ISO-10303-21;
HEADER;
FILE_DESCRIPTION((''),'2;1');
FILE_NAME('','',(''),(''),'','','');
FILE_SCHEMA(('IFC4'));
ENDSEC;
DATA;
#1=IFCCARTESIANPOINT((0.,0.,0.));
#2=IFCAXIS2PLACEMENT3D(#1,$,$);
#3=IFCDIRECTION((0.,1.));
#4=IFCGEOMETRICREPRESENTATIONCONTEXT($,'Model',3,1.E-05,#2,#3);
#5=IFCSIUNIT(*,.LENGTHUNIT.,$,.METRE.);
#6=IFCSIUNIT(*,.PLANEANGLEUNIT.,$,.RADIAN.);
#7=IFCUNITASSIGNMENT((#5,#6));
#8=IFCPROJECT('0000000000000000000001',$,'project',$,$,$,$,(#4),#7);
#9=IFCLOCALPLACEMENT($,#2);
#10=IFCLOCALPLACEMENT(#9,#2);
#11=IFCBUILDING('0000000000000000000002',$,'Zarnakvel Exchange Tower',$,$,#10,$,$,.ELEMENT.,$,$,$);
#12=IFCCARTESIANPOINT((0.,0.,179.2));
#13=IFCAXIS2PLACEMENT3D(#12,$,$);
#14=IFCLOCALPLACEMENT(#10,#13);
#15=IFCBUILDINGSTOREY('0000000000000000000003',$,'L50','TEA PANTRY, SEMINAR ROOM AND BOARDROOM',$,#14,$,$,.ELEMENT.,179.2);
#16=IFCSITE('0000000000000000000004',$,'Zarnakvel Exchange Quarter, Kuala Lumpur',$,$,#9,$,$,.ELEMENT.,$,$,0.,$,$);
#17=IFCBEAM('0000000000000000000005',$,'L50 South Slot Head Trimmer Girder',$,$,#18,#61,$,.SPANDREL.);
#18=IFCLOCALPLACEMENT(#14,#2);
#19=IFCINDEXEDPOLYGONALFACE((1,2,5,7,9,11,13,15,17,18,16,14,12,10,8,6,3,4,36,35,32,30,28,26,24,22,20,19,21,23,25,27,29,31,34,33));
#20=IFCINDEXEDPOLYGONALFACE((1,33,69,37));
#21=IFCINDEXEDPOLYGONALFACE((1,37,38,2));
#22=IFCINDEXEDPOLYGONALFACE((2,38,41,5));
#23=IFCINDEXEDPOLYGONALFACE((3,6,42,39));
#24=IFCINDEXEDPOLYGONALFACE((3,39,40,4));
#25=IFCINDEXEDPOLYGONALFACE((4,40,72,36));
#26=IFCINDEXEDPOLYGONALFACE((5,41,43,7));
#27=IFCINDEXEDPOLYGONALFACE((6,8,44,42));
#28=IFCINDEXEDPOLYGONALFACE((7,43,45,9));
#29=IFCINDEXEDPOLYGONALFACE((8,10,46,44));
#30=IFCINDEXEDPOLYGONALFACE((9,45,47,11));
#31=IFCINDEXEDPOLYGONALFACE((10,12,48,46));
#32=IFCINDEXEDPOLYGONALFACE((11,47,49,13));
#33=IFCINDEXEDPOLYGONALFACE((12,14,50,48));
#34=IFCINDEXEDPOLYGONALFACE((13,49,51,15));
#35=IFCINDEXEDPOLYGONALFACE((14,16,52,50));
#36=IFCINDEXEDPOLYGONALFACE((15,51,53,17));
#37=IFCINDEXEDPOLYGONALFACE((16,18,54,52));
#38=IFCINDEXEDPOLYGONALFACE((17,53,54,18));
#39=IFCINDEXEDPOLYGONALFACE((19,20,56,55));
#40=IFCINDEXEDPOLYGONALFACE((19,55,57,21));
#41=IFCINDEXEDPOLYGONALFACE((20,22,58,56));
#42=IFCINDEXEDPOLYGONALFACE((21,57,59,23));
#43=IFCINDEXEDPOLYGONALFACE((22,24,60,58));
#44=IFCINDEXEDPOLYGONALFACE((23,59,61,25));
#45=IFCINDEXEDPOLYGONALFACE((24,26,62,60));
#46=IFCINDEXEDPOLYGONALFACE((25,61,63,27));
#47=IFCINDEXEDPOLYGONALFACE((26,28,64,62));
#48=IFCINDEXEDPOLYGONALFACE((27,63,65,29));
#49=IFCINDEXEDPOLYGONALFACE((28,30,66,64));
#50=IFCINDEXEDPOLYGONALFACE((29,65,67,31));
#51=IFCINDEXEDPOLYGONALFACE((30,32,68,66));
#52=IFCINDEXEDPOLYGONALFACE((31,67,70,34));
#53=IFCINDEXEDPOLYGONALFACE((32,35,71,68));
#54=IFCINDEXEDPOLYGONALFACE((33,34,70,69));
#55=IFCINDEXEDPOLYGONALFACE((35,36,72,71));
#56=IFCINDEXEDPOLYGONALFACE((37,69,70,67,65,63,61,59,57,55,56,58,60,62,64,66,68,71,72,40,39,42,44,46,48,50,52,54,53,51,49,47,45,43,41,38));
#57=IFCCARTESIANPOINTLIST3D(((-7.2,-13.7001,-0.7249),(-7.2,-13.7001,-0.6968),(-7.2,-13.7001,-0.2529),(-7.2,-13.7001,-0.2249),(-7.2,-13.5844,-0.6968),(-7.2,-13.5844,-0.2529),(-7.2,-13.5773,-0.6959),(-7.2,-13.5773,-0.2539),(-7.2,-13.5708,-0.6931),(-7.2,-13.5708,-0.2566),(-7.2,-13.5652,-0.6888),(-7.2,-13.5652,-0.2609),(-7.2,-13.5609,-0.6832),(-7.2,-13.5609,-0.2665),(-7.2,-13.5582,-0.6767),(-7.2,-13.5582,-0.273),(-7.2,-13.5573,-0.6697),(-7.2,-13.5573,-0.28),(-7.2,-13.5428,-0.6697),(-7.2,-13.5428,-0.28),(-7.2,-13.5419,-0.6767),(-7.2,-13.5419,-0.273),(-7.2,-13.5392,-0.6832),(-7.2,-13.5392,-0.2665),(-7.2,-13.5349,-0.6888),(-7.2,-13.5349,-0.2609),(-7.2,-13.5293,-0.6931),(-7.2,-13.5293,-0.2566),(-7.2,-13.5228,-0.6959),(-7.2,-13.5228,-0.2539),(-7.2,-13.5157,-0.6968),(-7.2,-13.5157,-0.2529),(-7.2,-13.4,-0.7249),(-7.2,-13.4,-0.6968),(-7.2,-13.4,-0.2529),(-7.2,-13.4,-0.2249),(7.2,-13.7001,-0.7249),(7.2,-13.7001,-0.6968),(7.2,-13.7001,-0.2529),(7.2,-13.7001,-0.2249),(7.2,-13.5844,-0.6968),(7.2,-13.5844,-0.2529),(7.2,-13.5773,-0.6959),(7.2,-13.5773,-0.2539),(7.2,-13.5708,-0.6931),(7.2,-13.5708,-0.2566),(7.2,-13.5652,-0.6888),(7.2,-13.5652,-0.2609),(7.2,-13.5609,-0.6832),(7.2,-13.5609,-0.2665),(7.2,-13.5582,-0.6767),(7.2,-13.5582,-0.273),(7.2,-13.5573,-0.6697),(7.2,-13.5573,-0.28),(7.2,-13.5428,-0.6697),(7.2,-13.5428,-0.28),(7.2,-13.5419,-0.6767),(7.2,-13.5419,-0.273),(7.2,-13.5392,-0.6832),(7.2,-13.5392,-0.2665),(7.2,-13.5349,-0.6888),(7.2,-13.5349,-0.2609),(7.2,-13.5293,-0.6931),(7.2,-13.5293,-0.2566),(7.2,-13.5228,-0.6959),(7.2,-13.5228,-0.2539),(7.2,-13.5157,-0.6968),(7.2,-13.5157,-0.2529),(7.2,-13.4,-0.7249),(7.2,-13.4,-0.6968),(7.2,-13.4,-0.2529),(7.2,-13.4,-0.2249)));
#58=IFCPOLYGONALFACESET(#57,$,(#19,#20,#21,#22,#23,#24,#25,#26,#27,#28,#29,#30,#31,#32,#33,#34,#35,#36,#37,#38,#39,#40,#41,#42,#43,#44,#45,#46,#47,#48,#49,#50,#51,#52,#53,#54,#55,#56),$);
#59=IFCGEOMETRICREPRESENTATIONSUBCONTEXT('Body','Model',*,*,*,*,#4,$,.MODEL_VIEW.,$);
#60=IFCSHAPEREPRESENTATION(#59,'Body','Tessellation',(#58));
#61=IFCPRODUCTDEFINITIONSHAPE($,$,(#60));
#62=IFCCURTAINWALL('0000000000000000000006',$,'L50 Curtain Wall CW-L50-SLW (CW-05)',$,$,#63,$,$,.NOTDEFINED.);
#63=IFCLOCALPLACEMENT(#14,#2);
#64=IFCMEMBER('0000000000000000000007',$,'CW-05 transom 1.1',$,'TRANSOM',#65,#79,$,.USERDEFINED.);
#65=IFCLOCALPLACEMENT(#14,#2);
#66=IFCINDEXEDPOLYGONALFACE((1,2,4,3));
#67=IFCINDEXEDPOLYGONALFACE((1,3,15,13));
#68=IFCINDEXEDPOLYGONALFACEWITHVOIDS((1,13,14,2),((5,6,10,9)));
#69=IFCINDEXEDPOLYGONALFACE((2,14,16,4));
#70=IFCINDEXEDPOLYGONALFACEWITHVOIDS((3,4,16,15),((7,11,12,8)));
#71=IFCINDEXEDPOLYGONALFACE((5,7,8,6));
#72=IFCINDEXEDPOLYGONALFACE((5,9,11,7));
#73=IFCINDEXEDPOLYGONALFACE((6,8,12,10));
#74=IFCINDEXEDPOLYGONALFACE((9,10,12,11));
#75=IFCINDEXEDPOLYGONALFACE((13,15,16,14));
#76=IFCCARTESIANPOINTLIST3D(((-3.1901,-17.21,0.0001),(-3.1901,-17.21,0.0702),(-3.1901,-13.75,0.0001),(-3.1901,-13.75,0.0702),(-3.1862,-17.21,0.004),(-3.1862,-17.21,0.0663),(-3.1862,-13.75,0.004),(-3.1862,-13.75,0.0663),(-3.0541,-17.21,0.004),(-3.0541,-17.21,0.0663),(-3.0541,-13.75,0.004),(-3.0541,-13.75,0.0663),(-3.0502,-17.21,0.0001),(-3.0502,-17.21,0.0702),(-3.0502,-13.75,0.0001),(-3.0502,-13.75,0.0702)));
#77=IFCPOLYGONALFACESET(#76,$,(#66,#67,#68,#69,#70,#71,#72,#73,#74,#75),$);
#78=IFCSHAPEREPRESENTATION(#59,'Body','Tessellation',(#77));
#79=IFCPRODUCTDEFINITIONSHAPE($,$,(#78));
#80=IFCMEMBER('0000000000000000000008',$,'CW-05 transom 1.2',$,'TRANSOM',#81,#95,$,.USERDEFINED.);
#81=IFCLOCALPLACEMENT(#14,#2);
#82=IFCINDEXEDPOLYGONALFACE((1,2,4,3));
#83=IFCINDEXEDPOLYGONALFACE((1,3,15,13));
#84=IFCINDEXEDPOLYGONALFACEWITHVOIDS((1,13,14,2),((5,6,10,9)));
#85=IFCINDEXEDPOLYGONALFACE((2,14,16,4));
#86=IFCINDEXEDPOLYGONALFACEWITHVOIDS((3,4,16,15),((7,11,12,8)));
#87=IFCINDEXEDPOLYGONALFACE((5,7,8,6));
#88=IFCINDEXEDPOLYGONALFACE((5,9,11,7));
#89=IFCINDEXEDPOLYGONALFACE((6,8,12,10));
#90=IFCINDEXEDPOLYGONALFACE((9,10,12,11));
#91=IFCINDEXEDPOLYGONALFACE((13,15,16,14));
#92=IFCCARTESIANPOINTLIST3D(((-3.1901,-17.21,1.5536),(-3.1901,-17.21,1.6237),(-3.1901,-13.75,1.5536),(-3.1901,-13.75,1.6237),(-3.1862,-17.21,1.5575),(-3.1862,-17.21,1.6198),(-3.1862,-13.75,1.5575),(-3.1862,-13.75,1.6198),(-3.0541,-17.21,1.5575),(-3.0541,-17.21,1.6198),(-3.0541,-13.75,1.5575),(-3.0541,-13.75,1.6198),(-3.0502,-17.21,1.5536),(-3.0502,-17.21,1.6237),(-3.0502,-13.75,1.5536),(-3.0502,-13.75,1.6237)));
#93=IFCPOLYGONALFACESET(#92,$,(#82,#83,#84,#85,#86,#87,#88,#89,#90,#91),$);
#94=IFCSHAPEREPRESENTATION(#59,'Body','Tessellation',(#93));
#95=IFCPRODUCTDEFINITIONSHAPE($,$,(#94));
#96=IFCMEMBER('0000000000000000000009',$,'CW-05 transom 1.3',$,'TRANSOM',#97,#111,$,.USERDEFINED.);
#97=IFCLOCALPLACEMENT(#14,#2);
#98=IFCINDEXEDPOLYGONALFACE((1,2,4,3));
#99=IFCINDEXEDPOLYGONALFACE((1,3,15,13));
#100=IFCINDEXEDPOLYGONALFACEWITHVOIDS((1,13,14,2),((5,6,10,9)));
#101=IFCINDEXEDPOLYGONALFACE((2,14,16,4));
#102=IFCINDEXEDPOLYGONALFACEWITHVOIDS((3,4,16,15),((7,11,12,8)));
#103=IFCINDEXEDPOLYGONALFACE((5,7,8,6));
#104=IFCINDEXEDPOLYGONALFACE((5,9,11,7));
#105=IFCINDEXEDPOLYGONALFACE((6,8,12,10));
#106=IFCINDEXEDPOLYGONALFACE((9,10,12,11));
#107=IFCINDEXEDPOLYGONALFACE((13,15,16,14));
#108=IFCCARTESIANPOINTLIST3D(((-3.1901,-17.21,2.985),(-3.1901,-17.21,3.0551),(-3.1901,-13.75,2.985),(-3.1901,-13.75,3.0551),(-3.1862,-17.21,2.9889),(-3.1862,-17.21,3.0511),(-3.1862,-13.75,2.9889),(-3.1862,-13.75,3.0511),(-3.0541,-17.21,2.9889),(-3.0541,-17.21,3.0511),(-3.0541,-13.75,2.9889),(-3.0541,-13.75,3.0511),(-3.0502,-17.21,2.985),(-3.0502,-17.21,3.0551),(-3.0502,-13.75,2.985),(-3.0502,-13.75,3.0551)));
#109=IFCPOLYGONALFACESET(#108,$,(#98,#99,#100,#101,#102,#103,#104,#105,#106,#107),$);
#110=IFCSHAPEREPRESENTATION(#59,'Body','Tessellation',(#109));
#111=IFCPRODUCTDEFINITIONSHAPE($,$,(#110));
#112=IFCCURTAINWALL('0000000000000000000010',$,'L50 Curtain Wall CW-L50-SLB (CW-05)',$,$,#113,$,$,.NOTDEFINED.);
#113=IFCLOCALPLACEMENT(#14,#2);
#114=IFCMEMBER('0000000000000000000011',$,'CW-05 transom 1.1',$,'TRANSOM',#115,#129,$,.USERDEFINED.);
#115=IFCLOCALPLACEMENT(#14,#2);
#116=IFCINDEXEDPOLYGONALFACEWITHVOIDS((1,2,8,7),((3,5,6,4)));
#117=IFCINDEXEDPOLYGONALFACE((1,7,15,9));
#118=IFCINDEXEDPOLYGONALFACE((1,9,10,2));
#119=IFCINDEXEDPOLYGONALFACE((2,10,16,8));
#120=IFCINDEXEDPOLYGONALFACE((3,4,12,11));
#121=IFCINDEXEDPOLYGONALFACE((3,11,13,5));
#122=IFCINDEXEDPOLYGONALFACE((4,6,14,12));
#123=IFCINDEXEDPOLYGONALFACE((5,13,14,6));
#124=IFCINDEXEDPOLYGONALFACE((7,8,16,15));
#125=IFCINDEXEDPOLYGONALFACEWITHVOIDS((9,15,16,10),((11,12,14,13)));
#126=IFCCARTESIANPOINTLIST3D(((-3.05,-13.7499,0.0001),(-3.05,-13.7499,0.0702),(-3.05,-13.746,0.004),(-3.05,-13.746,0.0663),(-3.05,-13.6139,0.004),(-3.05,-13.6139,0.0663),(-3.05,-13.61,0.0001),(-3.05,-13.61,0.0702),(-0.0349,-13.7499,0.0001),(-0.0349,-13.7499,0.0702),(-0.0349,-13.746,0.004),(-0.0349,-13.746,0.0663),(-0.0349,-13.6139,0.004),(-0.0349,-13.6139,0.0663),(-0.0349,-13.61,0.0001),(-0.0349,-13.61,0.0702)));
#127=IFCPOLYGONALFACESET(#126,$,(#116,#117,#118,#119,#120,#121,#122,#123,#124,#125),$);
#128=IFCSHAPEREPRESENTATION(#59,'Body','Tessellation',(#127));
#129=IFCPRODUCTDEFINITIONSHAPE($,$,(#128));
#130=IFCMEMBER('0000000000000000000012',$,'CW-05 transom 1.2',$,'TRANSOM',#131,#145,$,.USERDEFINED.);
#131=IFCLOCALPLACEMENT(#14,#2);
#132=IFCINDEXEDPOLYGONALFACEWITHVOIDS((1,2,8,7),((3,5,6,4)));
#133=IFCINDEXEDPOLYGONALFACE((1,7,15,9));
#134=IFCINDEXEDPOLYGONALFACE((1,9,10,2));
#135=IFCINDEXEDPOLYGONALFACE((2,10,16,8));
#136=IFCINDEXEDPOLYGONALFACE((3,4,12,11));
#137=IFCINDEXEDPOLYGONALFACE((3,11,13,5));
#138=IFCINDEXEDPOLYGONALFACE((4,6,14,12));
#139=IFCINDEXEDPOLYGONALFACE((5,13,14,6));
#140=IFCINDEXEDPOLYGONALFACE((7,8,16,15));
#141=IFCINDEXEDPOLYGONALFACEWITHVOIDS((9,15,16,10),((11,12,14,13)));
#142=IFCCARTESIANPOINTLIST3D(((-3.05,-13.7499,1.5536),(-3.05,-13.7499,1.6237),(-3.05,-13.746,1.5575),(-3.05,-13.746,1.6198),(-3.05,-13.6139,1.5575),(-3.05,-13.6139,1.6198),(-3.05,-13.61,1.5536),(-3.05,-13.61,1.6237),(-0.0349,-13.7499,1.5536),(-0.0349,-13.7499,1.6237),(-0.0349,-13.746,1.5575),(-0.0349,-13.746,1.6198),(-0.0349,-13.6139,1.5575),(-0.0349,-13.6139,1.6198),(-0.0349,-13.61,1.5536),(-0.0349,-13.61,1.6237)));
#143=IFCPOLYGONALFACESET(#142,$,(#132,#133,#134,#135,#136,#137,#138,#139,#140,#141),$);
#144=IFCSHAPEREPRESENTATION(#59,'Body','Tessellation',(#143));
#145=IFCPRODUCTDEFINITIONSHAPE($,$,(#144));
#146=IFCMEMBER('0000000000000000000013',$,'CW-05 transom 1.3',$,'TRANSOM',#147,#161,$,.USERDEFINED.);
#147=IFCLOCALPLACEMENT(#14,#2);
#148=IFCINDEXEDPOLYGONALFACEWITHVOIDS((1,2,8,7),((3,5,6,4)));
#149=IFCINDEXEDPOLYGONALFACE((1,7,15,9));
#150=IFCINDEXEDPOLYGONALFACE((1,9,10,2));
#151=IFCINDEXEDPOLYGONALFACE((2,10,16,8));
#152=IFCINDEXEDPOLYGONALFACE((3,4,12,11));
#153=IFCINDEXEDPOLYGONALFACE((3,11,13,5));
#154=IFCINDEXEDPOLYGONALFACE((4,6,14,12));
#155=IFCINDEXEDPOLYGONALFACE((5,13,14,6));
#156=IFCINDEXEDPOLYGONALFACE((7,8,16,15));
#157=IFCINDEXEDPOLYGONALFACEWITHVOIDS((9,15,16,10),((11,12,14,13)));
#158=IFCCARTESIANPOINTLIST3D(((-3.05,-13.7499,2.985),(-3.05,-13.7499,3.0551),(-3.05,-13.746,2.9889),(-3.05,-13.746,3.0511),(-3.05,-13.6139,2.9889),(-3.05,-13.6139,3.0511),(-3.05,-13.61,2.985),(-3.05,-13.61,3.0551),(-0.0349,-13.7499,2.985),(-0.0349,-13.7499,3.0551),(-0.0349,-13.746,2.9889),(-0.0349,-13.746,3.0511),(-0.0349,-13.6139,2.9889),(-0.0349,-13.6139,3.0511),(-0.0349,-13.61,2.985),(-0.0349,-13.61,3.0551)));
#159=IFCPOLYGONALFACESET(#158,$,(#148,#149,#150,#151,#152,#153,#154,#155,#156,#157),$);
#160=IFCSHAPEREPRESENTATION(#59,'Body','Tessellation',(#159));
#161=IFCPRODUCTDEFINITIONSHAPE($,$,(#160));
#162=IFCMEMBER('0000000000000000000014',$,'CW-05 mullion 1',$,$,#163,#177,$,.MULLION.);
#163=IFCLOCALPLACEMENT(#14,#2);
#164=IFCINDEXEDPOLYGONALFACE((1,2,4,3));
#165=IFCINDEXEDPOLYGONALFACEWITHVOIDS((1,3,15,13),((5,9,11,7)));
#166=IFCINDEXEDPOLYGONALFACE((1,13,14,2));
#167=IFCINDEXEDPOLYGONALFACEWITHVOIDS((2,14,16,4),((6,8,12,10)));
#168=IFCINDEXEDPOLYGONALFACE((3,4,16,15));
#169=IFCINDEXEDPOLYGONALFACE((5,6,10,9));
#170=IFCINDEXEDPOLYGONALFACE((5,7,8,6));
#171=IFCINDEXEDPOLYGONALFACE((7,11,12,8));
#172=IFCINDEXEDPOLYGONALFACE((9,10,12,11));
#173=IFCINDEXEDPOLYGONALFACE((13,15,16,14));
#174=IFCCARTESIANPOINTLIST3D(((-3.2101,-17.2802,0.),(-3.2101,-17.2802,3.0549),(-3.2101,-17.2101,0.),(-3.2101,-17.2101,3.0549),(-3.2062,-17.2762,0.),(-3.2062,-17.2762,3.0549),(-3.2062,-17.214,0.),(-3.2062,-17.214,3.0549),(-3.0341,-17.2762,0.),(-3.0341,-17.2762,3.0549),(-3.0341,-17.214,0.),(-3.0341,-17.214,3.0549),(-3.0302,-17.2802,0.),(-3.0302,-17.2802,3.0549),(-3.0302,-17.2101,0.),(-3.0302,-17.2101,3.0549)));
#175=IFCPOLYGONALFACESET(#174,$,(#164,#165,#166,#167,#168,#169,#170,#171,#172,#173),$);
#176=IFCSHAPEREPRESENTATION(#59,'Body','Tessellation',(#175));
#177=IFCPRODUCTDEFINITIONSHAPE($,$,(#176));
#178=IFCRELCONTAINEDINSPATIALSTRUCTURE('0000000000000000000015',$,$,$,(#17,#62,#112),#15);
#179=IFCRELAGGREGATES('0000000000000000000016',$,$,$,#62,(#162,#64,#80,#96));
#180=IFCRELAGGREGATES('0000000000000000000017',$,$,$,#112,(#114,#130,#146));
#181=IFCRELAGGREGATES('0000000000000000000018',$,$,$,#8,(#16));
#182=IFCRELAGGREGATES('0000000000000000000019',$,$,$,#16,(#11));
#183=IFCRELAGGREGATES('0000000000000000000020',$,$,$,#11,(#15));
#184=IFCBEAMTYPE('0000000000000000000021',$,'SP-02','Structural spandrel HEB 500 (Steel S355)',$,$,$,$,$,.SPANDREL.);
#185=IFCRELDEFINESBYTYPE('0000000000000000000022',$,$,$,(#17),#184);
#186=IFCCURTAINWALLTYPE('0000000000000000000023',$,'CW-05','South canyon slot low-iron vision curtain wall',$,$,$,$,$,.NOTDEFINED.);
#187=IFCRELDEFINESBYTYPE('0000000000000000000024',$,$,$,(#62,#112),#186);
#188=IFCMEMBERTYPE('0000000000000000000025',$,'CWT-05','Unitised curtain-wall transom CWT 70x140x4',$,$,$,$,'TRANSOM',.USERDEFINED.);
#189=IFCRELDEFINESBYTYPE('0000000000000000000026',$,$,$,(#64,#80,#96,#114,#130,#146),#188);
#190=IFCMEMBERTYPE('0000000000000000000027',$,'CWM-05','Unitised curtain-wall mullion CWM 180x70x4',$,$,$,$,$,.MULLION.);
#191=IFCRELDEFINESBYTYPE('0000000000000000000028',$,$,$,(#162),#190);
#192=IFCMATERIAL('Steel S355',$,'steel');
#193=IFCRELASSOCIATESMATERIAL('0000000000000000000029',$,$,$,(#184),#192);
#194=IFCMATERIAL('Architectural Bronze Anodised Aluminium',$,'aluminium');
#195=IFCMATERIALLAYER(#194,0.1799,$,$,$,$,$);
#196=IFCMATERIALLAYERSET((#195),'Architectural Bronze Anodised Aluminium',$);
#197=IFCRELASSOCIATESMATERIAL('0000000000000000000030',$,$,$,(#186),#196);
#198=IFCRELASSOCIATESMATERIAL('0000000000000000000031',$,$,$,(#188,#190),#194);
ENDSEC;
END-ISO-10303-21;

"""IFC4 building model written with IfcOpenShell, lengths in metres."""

from ifc_helpers import new_model, si_unit, direction, frame, origin, origin_2d, place, context, subcontext, project, spatial, hollow_rectangle, i_section, extrude, source, transform, mapped, material, layer, layer_set, material_profile, profile_set, type_object, element, aggregate, save


model = new_model("IFC4")

# Units and contexts
model_context = context("Model", 3, precision=1e-05, world=origin(), true_north=direction((0.0, 1.0)))
body_context = subcontext(model_context, "Body", "Model", "MODEL_VIEW")
ifc_project = project(units=[si_unit("LENGTHUNIT", "METRE"), si_unit("PLANEANGLEUNIT", "RADIAN")], contexts=[model_context])

# Site, building, storey
site_placement = place(None, origin())
site = spatial("IfcSite", under=ifc_project, at=site_placement, Name="Zarnakvel Exchange Quarter, Kuala Lumpur", CompositionType="ELEMENT", RefElevation=0.0)
building_placement = place(site_placement, origin())
building = spatial("IfcBuilding", under=site, at=building_placement, Name="Zarnakvel Exchange Tower", CompositionType="ELEMENT")
storey_placement = place(building_placement, frame((0.0, 0.0, 179.2)))
storey = spatial("IfcBuildingStorey", under=building, at=storey_placement, Name="L50", Description="TEA PANTRY, SEMINAR ROOM AND BOARDROOM", CompositionType="ELEMENT", Elevation=179.2)

# Beam
ifc_material_1 = material(Name="Steel S355", Category="steel")
ifc_material_profile_1 = material_profile(ifc_material_1, i_section(OverallWidth=0.3, OverallDepth=0.5, WebThickness=0.0144, FlangeThickness=0.0281, FilletRadius=0.0271, at=origin_2d()))
ifc_profile_set_1 = profile_set([ifc_material_profile_1], Name="Steel S355")
beam_type_1 = type_object("IfcBeamType", Name="SP-02", Description="Structural spandrel HEB 500 (Steel S355)", PredefinedType="SPANDREL", material=ifc_profile_set_1)
beam_1_placement = place(storey_placement, frame((-7.2, -13.55, -0.4749), z_axis=(1.0, 0.0, 0.0), x_axis=(0.0, 1.0, 0.0)))
element("IfcBeam", 1, at=beam_1_placement, inside=storey, type_object=beam_type_1, Name="L50 South Slot Head Trimmer Girder", PredefinedType="SPANDREL", context=body_context, shape_type="SweptSolid", body=[
    extrude(i_section(OverallWidth=0.3, OverallDepth=0.5, WebThickness=0.0144, FlangeThickness=0.0281, FilletRadius=0.0271, at=origin_2d()), origin(), (0.0, 0.0, 1.0), 14.3999),
])

# Curtain walls, members
ifc_material_2 = material(Name="Architectural Bronze Anodised Aluminium", Category="aluminium")
ifc_layer_1 = layer(ifc_material_2, 0.1799)
ifc_layer_set_1 = layer_set([ifc_layer_1], Name="Architectural Bronze Anodised Aluminium")
curtain_wall_type = type_object("IfcCurtainWallType", Name="CW-05", Description="South canyon slot low-iron vision curtain wall", PredefinedType="NOTDEFINED", material=ifc_layer_set_1)
curtain_wall_1_placement = place(storey_placement, origin())
curtain_wall_1 = element("IfcCurtainWall", 2, at=curtain_wall_1_placement, inside=storey, type_object=curtain_wall_type, Name="L50 Curtain Wall CW-L50-SLW (CW-05)", PredefinedType="NOTDEFINED")
ifc_material_profile_2 = material_profile(ifc_material_2, hollow_rectangle(XDim=0.1399, YDim=0.0701, WallThickness=0.0039, at=origin_2d()))
ifc_profile_set_2 = profile_set([ifc_material_profile_2], Name="Architectural Bronze Anodised Aluminium")
member_type_1 = type_object("IfcMemberType", Name="CWT-05", Description="Unitised curtain-wall transom CWT 70x140x4", ElementType="TRANSOM", PredefinedType="USERDEFINED", material=ifc_profile_set_2)
shared_shape_1 = source(origin(), body_context, "Body", "SweptSolid", [
    extrude(hollow_rectangle(XDim=0.1399, YDim=0.0701, WallThickness=0.0039, at=origin_2d()), origin(), (0.0, 0.0, 1.0), 3.46),
])
member_1_placement = place(storey_placement, frame((-3.1201, -17.21, 0.0352), z_axis=(0.0, 1.0, 0.0), x_axis=(-1.0, 0.0, 0.0)))
member_1 = element("IfcMember", 3, at=member_1_placement, type_object=member_type_1, Name="CW-05 transom 1.1", ObjectType="TRANSOM", PredefinedType="USERDEFINED", context=body_context, shape_type="MappedRepresentation", body=[
    mapped(shared_shape_1, transform((0.0, 0.0, 0.0), x_axis=(1.0, 0.0, 0.0), y_axis=(0.0, 1.0, 0.0), z_axis=(0.0, 0.0, 1.0), scale=1.0)),
])
member_2_placement = place(storey_placement, frame((-3.1201, -17.21, 1.5886), z_axis=(0.0, 1.0, 0.0), x_axis=(-1.0, 0.0, 0.0)))
member_2 = element("IfcMember", 4, at=member_2_placement, type_object=member_type_1, Name="CW-05 transom 1.2", ObjectType="TRANSOM", PredefinedType="USERDEFINED", context=body_context, shape_type="MappedRepresentation", body=[
    mapped(shared_shape_1, transform((0.0, 0.0, 0.0), x_axis=(1.0, 0.0, 0.0), y_axis=(0.0, 1.0, 0.0), z_axis=(0.0, 0.0, 1.0), scale=1.0)),
])
member_3_placement = place(storey_placement, frame((-3.1201, -17.21, 3.02), z_axis=(0.0, 1.0, 0.0), x_axis=(-1.0, 0.0, 0.0)))
member_3 = element("IfcMember", 5, at=member_3_placement, type_object=member_type_1, Name="CW-05 transom 1.3", ObjectType="TRANSOM", PredefinedType="USERDEFINED", context=body_context, shape_type="MappedRepresentation", body=[
    mapped(shared_shape_1, transform((0.0, 0.0, 0.0), x_axis=(1.0, 0.0, 0.0), y_axis=(0.0, 1.0, 0.0), z_axis=(0.0, 0.0, 1.0), scale=1.0)),
])
curtain_wall_2_placement = place(storey_placement, origin())
curtain_wall_2 = element("IfcCurtainWall", 6, at=curtain_wall_2_placement, inside=storey, type_object=curtain_wall_type, Name="L50 Curtain Wall CW-L50-SLB (CW-05)", PredefinedType="NOTDEFINED")
shared_shape_2 = source(origin(), body_context, "Body", "SweptSolid", [
    extrude(hollow_rectangle(XDim=0.1399, YDim=0.0701, WallThickness=0.0039, at=origin_2d()), origin(), (0.0, 0.0, 1.0), 3.0151),
])
member_4_placement = place(storey_placement, frame((-3.05, -13.6799, 0.0352), z_axis=(1.0, 0.0, 0.0), x_axis=(0.0, 1.0, 0.0)))
member_4 = element("IfcMember", 7, at=member_4_placement, type_object=member_type_1, Name="CW-05 transom 1.1", ObjectType="TRANSOM", PredefinedType="USERDEFINED", context=body_context, shape_type="MappedRepresentation", body=[
    mapped(shared_shape_2, transform((0.0, 0.0, 0.0), x_axis=(1.0, 0.0, 0.0), y_axis=(0.0, 1.0, 0.0), z_axis=(0.0, 0.0, 1.0), scale=1.0)),
])
member_5_placement = place(storey_placement, frame((-3.05, -13.6799, 1.5886), z_axis=(1.0, 0.0, 0.0), x_axis=(0.0, 1.0, 0.0)))
member_5 = element("IfcMember", 8, at=member_5_placement, type_object=member_type_1, Name="CW-05 transom 1.2", ObjectType="TRANSOM", PredefinedType="USERDEFINED", context=body_context, shape_type="MappedRepresentation", body=[
    mapped(shared_shape_2, transform((0.0, 0.0, 0.0), x_axis=(1.0, 0.0, 0.0), y_axis=(0.0, 1.0, 0.0), z_axis=(0.0, 0.0, 1.0), scale=1.0)),
])
member_6_placement = place(storey_placement, frame((-3.05, -13.6799, 3.02), z_axis=(1.0, 0.0, 0.0), x_axis=(0.0, 1.0, 0.0)))
member_6 = element("IfcMember", 9, at=member_6_placement, type_object=member_type_1, Name="CW-05 transom 1.3", ObjectType="TRANSOM", PredefinedType="USERDEFINED", context=body_context, shape_type="MappedRepresentation", body=[
    mapped(shared_shape_2, transform((0.0, 0.0, 0.0), x_axis=(1.0, 0.0, 0.0), y_axis=(0.0, 1.0, 0.0), z_axis=(0.0, 0.0, 1.0), scale=1.0)),
])

# Member
ifc_material_profile_3 = material_profile(ifc_material_2, hollow_rectangle(XDim=0.1799, YDim=0.0701, WallThickness=0.0039, at=origin_2d()))
ifc_profile_set_3 = profile_set([ifc_material_profile_3], Name="Architectural Bronze Anodised Aluminium")
member_type_2 = type_object("IfcMemberType", Name="CWM-05", Description="Unitised curtain-wall mullion CWM 180x70x4", PredefinedType="MULLION", material=ifc_profile_set_3)
shared_shape_3 = source(origin(), body_context, "Body", "SweptSolid", [
    extrude(hollow_rectangle(XDim=0.1799, YDim=0.0701, WallThickness=0.0039, at=origin_2d()), origin(), (0.0, 0.0, 1.0), 3.0549),
])
member_7_placement = place(storey_placement, frame((-3.1201, -17.2451, 0.0), z_axis=(0.0, 0.0, 1.0), x_axis=(-1.0, 0.0, 0.0)))
member_7 = element("IfcMember", 10, at=member_7_placement, type_object=member_type_2, Name="CW-05 mullion 1", PredefinedType="MULLION", context=body_context, shape_type="MappedRepresentation", body=[
    mapped(shared_shape_3, transform((0.0, 0.0, 0.0), x_axis=(1.0, 0.0, 0.0), y_axis=(0.0, 1.0, 0.0), z_axis=(0.0, 0.0, 1.0), scale=1.0)),
])

aggregate(curtain_wall_1, [member_7, member_1, member_2, member_3])
aggregate(curtain_wall_2, [member_4, member_5, member_6])

save(model, "model.ifc")
